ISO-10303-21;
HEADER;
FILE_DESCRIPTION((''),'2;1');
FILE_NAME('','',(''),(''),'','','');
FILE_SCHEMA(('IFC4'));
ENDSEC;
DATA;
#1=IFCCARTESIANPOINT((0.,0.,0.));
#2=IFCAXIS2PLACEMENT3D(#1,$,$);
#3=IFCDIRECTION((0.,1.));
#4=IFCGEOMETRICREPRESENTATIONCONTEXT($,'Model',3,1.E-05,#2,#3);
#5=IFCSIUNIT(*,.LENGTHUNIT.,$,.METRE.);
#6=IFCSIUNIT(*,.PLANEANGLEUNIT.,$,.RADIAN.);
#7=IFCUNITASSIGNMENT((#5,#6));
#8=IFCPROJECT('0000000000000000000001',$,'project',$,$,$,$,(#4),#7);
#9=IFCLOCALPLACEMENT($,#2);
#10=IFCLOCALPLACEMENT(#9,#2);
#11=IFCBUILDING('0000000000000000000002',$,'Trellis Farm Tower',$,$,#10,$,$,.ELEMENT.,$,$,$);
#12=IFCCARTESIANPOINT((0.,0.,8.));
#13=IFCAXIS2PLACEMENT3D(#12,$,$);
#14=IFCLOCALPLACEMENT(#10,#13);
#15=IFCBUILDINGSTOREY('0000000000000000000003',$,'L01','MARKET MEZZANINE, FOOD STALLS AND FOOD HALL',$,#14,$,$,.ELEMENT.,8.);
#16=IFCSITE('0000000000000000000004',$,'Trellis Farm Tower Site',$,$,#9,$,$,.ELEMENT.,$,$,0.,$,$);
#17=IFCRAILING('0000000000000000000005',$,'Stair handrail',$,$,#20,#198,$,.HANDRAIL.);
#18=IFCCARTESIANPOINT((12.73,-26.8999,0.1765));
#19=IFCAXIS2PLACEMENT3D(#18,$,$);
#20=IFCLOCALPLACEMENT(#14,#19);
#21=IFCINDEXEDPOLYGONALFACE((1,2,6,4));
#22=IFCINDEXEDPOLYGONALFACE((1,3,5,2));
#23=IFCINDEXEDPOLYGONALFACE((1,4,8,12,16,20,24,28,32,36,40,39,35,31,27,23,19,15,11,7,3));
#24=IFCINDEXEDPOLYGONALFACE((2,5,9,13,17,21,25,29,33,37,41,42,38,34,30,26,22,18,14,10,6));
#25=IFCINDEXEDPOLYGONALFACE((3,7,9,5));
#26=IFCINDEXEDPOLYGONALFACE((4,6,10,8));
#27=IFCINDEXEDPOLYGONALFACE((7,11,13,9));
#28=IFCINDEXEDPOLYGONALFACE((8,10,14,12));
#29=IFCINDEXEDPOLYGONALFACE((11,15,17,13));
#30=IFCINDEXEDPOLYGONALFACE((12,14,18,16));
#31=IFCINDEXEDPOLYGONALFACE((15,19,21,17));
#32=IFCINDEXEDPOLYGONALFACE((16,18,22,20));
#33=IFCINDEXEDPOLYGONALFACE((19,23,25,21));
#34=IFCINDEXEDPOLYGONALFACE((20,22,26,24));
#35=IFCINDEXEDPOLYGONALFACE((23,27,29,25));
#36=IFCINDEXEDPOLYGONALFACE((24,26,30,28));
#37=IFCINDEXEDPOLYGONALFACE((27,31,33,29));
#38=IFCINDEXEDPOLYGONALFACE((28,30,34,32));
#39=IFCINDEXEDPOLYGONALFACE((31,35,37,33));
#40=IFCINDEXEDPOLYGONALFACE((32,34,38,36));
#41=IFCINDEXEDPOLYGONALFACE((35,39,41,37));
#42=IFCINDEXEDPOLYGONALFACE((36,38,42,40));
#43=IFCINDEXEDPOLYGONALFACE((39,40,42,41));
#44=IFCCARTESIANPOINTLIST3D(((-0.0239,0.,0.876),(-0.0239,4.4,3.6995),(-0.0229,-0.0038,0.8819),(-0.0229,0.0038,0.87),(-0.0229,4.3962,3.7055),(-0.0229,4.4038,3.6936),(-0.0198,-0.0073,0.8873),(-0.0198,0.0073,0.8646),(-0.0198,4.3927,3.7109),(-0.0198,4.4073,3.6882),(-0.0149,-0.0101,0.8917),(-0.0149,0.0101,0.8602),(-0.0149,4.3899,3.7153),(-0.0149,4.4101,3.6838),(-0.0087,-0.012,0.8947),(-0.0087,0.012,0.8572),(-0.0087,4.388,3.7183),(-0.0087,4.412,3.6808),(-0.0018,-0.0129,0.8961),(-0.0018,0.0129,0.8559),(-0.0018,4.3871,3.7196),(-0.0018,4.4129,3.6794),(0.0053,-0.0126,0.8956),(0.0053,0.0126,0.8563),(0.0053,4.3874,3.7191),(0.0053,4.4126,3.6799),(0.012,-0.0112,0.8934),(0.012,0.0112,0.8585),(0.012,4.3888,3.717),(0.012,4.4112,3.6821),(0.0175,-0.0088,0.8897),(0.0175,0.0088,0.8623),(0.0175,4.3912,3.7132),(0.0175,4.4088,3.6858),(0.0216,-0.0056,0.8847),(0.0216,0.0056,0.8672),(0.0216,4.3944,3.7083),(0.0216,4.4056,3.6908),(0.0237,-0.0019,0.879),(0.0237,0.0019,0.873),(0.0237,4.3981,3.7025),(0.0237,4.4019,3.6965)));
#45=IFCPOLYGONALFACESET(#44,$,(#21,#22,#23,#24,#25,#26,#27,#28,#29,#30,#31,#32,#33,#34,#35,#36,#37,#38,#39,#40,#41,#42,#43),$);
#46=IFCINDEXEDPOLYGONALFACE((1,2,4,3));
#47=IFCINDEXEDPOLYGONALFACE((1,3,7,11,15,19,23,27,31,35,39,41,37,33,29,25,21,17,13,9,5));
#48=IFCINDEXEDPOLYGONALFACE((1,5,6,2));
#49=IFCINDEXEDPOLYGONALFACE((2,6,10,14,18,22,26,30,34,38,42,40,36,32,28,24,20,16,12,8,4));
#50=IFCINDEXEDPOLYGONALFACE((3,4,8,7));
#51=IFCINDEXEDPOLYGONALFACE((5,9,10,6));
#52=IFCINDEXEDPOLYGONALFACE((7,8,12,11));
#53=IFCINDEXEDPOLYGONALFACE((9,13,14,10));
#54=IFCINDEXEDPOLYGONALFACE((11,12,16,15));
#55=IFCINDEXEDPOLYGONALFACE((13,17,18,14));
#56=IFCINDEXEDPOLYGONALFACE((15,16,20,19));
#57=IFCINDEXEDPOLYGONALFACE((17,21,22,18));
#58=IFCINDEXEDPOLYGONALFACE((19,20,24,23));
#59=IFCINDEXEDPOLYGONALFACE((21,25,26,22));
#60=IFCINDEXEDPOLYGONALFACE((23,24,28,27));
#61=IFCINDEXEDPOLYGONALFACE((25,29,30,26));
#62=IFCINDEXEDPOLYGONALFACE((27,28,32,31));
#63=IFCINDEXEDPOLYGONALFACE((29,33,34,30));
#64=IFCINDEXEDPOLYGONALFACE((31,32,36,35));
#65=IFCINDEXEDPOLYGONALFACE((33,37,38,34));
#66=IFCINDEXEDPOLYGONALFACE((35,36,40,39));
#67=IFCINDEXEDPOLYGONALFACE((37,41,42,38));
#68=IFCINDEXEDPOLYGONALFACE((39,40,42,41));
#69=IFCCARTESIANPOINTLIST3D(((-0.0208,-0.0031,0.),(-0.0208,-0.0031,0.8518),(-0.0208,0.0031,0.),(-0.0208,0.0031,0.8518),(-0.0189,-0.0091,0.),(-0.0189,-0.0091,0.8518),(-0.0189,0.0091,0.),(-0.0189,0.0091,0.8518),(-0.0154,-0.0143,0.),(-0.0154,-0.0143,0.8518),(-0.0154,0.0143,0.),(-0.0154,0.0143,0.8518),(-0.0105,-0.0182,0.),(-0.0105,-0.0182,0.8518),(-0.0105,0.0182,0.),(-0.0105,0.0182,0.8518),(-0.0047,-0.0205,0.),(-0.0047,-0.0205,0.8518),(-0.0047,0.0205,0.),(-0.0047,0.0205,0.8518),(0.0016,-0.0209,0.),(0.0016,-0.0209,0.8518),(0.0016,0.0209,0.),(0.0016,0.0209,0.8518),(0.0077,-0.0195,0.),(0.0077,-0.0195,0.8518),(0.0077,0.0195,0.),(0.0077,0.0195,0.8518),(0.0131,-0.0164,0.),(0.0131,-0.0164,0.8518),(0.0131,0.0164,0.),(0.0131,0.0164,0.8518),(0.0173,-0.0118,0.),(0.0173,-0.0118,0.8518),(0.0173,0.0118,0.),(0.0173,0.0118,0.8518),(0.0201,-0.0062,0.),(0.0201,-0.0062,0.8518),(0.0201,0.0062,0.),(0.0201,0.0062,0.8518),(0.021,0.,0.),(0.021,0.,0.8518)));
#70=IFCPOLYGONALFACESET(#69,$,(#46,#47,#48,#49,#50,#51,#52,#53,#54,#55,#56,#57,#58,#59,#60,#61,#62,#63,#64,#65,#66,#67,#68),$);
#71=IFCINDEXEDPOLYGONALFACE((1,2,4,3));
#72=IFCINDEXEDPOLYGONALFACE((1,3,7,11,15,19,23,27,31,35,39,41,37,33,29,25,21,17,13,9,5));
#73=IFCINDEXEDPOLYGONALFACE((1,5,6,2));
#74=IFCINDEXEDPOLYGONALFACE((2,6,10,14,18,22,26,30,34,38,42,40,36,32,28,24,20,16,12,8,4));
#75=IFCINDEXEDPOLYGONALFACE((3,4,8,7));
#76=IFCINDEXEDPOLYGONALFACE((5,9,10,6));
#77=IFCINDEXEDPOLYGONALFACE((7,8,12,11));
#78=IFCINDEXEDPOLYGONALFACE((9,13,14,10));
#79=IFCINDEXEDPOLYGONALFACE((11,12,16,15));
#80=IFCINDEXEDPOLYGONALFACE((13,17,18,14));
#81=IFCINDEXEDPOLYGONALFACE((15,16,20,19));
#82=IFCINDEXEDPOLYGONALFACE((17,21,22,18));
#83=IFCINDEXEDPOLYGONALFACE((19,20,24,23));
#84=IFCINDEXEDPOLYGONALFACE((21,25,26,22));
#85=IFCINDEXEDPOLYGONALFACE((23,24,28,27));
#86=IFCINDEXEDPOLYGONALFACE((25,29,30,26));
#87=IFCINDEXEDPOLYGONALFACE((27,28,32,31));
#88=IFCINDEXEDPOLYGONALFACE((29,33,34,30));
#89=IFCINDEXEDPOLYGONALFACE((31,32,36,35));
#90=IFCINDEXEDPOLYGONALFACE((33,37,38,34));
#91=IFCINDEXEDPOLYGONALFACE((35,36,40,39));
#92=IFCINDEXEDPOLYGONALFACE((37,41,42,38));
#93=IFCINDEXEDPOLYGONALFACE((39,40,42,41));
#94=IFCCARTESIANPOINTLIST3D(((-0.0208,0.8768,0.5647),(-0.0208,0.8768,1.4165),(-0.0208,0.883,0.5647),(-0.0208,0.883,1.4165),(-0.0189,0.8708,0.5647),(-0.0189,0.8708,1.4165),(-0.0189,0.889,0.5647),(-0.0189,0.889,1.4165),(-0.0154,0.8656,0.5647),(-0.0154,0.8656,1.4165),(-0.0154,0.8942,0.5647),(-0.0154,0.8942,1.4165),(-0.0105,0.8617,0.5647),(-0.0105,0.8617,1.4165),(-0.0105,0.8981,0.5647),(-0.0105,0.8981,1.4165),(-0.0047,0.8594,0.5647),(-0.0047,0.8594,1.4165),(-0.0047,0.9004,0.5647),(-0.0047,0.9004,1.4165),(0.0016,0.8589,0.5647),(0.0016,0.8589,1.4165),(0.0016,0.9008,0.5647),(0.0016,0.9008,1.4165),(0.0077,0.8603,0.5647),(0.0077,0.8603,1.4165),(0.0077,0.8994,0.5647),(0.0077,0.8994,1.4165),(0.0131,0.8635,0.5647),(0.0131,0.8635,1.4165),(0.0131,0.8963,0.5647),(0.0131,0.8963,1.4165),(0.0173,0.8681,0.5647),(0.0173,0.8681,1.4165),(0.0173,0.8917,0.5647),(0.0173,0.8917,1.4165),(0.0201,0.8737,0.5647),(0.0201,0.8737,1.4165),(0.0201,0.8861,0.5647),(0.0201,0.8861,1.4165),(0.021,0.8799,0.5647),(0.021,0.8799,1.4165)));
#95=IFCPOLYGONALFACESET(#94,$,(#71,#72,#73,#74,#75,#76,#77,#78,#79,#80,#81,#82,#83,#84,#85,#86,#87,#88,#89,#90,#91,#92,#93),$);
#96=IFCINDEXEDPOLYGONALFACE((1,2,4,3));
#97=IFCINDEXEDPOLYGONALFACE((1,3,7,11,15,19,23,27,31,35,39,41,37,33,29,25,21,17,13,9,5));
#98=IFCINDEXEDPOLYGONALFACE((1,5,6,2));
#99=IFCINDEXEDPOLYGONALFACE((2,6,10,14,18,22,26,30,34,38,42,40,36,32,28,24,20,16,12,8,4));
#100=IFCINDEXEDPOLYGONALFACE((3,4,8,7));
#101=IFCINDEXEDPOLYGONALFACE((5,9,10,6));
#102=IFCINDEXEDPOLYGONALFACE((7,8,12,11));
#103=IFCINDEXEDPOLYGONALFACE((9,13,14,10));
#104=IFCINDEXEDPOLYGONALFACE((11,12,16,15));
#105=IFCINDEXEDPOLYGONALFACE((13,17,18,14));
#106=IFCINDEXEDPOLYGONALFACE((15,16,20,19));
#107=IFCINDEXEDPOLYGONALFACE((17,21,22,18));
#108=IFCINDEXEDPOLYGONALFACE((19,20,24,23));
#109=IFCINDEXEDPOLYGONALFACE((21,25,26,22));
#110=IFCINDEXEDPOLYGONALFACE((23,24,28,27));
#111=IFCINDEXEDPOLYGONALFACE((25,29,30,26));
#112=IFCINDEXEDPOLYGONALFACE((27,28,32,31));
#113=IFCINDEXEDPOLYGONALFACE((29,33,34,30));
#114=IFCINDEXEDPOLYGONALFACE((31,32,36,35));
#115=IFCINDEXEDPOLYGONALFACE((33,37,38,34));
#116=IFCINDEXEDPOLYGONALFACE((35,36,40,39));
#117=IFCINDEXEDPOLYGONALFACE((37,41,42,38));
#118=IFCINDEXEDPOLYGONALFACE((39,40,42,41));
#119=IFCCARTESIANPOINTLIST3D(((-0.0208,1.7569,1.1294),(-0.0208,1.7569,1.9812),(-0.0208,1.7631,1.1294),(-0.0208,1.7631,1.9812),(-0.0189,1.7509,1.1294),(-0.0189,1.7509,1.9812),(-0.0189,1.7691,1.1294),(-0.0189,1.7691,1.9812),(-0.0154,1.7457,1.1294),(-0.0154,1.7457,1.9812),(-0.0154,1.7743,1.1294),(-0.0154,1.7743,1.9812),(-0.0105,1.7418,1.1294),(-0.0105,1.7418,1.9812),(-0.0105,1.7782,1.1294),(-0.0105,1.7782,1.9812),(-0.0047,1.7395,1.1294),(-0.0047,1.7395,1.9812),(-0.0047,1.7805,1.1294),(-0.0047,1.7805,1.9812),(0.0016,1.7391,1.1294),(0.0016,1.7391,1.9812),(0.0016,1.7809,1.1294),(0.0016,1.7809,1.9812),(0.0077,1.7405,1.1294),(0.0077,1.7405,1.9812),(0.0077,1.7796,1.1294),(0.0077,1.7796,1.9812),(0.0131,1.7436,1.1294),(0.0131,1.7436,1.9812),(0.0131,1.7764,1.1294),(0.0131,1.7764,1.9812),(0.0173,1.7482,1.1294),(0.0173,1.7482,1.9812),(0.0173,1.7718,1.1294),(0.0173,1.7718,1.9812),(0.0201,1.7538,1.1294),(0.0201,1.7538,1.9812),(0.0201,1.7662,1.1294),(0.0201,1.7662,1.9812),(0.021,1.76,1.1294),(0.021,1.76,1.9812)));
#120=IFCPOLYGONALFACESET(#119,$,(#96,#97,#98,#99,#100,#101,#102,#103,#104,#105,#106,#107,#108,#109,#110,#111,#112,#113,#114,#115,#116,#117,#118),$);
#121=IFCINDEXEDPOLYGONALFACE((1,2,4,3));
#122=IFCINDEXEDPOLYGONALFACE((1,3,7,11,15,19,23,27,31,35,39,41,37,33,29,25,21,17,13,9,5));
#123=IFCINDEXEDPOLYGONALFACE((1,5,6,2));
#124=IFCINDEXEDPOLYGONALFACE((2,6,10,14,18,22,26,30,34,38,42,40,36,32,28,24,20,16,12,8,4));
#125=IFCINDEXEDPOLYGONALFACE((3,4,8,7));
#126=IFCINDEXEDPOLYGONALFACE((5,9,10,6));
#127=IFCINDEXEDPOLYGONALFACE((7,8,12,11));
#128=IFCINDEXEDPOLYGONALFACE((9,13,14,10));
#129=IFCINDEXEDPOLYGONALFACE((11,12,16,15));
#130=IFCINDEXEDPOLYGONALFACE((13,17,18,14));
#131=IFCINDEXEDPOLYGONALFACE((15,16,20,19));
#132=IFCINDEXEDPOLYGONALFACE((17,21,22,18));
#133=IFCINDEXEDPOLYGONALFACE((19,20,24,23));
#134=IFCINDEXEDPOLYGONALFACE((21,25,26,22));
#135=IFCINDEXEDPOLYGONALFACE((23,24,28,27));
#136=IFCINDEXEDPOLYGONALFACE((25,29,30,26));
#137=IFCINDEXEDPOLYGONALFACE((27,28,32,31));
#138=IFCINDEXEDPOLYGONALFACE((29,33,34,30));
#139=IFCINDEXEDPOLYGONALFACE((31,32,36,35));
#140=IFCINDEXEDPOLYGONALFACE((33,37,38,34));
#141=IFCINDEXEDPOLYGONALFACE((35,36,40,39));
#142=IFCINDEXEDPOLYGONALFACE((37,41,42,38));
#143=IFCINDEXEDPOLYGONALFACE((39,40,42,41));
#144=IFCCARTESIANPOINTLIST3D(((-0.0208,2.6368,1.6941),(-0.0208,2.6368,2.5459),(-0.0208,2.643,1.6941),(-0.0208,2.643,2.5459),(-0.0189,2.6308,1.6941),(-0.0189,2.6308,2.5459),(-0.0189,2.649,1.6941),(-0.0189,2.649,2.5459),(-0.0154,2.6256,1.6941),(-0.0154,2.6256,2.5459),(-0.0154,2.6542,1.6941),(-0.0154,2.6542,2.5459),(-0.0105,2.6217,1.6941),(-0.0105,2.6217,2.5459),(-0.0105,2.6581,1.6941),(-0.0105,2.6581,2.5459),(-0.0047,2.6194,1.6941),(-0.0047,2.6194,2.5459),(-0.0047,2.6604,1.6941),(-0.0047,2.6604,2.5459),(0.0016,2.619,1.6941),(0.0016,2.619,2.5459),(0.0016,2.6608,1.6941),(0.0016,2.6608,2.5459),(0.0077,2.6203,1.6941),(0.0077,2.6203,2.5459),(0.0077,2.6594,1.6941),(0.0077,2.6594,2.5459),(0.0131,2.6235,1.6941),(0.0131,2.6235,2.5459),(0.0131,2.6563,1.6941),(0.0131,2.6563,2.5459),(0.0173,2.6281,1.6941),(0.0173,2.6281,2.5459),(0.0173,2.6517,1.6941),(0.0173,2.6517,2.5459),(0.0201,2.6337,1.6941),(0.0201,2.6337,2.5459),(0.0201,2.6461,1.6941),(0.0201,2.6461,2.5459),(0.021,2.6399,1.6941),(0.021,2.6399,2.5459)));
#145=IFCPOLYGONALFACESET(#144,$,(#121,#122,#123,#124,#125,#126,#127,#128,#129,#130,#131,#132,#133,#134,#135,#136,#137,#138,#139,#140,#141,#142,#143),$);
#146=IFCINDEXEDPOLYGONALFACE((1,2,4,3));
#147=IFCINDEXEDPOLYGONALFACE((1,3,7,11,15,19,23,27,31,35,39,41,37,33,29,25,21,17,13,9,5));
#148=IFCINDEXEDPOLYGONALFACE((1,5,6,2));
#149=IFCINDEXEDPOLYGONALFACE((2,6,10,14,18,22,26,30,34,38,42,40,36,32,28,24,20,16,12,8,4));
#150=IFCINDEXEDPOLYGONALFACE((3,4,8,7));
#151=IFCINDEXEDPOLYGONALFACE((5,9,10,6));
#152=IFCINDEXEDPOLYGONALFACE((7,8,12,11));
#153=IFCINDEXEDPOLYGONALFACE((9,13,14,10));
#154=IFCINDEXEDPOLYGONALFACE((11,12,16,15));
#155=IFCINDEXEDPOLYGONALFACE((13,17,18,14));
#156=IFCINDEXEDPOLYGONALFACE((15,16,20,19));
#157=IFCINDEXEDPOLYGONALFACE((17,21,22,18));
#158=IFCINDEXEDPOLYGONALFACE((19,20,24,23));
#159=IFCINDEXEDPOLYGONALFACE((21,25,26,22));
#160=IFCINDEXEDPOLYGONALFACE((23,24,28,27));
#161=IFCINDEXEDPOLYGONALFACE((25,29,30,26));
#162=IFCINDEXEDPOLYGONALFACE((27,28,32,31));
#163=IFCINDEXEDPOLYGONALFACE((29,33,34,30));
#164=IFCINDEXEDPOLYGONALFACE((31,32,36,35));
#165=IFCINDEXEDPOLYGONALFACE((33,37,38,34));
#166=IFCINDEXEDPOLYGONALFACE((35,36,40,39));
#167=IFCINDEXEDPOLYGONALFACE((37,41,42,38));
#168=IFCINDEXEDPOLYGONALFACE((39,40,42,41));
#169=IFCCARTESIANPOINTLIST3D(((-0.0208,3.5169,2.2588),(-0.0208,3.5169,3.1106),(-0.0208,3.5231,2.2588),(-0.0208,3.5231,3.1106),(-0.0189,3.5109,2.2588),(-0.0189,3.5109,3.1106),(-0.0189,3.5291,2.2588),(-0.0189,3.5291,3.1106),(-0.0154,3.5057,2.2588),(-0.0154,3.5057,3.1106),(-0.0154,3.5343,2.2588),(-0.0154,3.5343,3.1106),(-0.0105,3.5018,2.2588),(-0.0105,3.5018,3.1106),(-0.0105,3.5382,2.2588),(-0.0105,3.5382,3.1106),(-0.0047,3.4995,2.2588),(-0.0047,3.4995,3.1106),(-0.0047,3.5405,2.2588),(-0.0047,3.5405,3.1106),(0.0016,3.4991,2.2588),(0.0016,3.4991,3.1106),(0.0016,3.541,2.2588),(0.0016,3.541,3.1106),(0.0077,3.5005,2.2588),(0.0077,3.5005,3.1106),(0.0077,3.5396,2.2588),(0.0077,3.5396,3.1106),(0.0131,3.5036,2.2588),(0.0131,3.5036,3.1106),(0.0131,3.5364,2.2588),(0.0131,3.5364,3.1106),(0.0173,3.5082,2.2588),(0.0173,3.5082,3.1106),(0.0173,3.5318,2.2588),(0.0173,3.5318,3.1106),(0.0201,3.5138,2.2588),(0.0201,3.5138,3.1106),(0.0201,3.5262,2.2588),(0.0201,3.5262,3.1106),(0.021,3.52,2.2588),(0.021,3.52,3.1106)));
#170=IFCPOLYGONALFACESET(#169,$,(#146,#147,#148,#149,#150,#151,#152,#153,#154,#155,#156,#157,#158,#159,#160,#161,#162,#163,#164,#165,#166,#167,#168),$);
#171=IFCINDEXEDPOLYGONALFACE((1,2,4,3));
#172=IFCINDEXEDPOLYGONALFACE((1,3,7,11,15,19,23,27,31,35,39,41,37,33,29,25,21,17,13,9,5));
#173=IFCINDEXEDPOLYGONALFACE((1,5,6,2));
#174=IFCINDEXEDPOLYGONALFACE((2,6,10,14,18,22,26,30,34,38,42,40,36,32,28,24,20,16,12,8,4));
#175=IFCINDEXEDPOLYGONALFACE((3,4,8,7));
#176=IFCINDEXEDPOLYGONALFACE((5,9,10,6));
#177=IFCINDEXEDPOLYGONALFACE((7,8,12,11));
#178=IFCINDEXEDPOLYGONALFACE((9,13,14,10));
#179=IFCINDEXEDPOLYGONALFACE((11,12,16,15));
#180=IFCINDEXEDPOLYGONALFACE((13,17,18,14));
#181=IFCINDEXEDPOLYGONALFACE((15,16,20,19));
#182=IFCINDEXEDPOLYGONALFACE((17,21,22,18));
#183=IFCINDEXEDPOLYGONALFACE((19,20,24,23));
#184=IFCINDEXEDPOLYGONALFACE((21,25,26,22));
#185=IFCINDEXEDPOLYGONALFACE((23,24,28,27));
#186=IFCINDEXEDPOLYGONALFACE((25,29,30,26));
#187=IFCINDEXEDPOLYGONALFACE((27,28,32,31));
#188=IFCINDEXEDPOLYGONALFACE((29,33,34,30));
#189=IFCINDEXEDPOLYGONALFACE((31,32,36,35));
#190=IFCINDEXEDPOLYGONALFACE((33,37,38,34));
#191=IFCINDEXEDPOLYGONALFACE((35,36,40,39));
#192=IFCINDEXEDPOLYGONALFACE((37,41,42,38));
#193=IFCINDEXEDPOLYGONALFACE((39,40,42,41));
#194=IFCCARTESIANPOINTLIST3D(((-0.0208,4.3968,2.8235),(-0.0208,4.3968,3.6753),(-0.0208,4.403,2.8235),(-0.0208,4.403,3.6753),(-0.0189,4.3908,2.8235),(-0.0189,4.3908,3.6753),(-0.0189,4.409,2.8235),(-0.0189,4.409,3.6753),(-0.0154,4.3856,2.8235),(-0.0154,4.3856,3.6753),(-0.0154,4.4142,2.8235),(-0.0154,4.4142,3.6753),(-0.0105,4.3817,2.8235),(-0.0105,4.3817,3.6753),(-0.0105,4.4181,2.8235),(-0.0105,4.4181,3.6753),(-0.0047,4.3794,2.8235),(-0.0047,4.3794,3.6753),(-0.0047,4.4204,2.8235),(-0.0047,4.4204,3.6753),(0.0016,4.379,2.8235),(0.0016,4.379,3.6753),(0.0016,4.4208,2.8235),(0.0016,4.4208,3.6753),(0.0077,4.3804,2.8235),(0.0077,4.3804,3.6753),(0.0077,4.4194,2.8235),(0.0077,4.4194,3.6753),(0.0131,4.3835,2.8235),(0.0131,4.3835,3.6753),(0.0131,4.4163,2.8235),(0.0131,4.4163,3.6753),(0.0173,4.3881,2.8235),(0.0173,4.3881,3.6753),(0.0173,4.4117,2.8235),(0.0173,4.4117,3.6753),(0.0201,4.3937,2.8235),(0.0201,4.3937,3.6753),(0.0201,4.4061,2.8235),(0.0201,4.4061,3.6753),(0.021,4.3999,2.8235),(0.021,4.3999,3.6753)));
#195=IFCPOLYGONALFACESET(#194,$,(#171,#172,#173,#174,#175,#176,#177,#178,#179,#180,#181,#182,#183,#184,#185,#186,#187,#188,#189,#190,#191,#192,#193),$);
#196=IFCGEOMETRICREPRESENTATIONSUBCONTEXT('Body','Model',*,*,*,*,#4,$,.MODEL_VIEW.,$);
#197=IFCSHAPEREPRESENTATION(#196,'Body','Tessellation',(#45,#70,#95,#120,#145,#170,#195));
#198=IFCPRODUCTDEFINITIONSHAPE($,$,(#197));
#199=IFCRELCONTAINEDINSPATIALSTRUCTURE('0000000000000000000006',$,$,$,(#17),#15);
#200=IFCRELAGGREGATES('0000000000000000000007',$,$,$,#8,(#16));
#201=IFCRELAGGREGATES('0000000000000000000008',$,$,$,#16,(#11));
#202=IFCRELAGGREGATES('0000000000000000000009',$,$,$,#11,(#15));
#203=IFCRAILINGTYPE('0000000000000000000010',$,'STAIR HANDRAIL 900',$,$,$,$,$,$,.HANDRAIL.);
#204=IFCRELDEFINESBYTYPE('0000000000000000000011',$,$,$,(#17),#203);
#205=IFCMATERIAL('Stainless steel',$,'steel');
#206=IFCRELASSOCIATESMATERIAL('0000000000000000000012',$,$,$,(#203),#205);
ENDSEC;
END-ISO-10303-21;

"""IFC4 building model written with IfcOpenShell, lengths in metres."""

from ifc_helpers import new_model, si_unit, direction, frame, origin, origin_2d, place, context, subcontext, project, spatial, circle, extrude, source, transform, mapped, material, type_object, element, save


model = new_model("IFC4")

# Units and contexts
model_context = context("Model", 3, precision=1e-05, world=origin(), true_north=direction((0.0, 1.0)))
body_context = subcontext(model_context, "Body", "Model", "MODEL_VIEW")
ifc_project = project(units=[si_unit("LENGTHUNIT", "METRE"), si_unit("PLANEANGLEUNIT", "RADIAN")], contexts=[model_context])

# Site, building, storey
site_placement = place(None, origin())
site = spatial("IfcSite", under=ifc_project, at=site_placement, Name="Trellis Farm Tower Site", CompositionType="ELEMENT", RefElevation=0.0)
building_placement = place(site_placement, origin())
building = spatial("IfcBuilding", under=site, at=building_placement, Name="Trellis Farm Tower", CompositionType="ELEMENT")
storey_placement = place(building_placement, frame((0.0, 0.0, 8.0)))
storey = spatial("IfcBuildingStorey", under=building, at=storey_placement, Name="L01", Description="MARKET MEZZANINE, FOOD STALLS AND FOOD HALL", CompositionType="ELEMENT", Elevation=8.0)

# Railing
ifc_material_1 = material(Name="Stainless steel", Category="steel")
railing_type = type_object("IfcRailingType", Name="STAIR HANDRAIL 900", PredefinedType="HANDRAIL", material=ifc_material_1)
shared_shape_1 = source(origin(), body_context, "Body", "SweptSolid", [
    extrude(circle(Radius=0.0239, at=origin_2d()), frame((0.0, 0.0, 0.876), z_axis=(0.0, 0.841615, 0.540078), x_axis=(-1.0, 0.0, 0.0)), (0.0, 0.0, 1.0), 5.228),
    extrude(circle(Radius=0.021, at=origin_2d()), origin(), (0.0, 0.0, 1.0), 0.8518),
    extrude(circle(Radius=0.021, at=origin_2d()), frame((0.0, 0.8799, 0.5647)), (0.0, 0.0, 1.0), 0.8518),
    extrude(circle(Radius=0.021, at=origin_2d()), frame((0.0, 1.76, 1.1294)), (0.0, 0.0, 1.0), 0.8518),
    extrude(circle(Radius=0.021, at=origin_2d()), frame((0.0, 2.6399, 1.6941)), (0.0, 0.0, 1.0), 0.8518),
    extrude(circle(Radius=0.021, at=origin_2d()), frame((0.0, 3.52, 2.2588)), (0.0, 0.0, 1.0), 0.8518),
    extrude(circle(Radius=0.021, at=origin_2d()), frame((0.0, 4.3999, 2.8235)), (0.0, 0.0, 1.0), 0.8518),
])
for number, where, name in (
    (1, (12.73, -26.8999, 0.1765), "Stair handrail"),
):
    element("IfcRailing", number, at=place(storey_placement, frame(where)), inside=storey, type_object=railing_type, Name=name, PredefinedType="HANDRAIL", context=body_context, shape_type="MappedRepresentation", body=[
        mapped(shared_shape_1, transform((0.0, 0.0, 0.0))),
    ])

save(model, "model.ifc")
